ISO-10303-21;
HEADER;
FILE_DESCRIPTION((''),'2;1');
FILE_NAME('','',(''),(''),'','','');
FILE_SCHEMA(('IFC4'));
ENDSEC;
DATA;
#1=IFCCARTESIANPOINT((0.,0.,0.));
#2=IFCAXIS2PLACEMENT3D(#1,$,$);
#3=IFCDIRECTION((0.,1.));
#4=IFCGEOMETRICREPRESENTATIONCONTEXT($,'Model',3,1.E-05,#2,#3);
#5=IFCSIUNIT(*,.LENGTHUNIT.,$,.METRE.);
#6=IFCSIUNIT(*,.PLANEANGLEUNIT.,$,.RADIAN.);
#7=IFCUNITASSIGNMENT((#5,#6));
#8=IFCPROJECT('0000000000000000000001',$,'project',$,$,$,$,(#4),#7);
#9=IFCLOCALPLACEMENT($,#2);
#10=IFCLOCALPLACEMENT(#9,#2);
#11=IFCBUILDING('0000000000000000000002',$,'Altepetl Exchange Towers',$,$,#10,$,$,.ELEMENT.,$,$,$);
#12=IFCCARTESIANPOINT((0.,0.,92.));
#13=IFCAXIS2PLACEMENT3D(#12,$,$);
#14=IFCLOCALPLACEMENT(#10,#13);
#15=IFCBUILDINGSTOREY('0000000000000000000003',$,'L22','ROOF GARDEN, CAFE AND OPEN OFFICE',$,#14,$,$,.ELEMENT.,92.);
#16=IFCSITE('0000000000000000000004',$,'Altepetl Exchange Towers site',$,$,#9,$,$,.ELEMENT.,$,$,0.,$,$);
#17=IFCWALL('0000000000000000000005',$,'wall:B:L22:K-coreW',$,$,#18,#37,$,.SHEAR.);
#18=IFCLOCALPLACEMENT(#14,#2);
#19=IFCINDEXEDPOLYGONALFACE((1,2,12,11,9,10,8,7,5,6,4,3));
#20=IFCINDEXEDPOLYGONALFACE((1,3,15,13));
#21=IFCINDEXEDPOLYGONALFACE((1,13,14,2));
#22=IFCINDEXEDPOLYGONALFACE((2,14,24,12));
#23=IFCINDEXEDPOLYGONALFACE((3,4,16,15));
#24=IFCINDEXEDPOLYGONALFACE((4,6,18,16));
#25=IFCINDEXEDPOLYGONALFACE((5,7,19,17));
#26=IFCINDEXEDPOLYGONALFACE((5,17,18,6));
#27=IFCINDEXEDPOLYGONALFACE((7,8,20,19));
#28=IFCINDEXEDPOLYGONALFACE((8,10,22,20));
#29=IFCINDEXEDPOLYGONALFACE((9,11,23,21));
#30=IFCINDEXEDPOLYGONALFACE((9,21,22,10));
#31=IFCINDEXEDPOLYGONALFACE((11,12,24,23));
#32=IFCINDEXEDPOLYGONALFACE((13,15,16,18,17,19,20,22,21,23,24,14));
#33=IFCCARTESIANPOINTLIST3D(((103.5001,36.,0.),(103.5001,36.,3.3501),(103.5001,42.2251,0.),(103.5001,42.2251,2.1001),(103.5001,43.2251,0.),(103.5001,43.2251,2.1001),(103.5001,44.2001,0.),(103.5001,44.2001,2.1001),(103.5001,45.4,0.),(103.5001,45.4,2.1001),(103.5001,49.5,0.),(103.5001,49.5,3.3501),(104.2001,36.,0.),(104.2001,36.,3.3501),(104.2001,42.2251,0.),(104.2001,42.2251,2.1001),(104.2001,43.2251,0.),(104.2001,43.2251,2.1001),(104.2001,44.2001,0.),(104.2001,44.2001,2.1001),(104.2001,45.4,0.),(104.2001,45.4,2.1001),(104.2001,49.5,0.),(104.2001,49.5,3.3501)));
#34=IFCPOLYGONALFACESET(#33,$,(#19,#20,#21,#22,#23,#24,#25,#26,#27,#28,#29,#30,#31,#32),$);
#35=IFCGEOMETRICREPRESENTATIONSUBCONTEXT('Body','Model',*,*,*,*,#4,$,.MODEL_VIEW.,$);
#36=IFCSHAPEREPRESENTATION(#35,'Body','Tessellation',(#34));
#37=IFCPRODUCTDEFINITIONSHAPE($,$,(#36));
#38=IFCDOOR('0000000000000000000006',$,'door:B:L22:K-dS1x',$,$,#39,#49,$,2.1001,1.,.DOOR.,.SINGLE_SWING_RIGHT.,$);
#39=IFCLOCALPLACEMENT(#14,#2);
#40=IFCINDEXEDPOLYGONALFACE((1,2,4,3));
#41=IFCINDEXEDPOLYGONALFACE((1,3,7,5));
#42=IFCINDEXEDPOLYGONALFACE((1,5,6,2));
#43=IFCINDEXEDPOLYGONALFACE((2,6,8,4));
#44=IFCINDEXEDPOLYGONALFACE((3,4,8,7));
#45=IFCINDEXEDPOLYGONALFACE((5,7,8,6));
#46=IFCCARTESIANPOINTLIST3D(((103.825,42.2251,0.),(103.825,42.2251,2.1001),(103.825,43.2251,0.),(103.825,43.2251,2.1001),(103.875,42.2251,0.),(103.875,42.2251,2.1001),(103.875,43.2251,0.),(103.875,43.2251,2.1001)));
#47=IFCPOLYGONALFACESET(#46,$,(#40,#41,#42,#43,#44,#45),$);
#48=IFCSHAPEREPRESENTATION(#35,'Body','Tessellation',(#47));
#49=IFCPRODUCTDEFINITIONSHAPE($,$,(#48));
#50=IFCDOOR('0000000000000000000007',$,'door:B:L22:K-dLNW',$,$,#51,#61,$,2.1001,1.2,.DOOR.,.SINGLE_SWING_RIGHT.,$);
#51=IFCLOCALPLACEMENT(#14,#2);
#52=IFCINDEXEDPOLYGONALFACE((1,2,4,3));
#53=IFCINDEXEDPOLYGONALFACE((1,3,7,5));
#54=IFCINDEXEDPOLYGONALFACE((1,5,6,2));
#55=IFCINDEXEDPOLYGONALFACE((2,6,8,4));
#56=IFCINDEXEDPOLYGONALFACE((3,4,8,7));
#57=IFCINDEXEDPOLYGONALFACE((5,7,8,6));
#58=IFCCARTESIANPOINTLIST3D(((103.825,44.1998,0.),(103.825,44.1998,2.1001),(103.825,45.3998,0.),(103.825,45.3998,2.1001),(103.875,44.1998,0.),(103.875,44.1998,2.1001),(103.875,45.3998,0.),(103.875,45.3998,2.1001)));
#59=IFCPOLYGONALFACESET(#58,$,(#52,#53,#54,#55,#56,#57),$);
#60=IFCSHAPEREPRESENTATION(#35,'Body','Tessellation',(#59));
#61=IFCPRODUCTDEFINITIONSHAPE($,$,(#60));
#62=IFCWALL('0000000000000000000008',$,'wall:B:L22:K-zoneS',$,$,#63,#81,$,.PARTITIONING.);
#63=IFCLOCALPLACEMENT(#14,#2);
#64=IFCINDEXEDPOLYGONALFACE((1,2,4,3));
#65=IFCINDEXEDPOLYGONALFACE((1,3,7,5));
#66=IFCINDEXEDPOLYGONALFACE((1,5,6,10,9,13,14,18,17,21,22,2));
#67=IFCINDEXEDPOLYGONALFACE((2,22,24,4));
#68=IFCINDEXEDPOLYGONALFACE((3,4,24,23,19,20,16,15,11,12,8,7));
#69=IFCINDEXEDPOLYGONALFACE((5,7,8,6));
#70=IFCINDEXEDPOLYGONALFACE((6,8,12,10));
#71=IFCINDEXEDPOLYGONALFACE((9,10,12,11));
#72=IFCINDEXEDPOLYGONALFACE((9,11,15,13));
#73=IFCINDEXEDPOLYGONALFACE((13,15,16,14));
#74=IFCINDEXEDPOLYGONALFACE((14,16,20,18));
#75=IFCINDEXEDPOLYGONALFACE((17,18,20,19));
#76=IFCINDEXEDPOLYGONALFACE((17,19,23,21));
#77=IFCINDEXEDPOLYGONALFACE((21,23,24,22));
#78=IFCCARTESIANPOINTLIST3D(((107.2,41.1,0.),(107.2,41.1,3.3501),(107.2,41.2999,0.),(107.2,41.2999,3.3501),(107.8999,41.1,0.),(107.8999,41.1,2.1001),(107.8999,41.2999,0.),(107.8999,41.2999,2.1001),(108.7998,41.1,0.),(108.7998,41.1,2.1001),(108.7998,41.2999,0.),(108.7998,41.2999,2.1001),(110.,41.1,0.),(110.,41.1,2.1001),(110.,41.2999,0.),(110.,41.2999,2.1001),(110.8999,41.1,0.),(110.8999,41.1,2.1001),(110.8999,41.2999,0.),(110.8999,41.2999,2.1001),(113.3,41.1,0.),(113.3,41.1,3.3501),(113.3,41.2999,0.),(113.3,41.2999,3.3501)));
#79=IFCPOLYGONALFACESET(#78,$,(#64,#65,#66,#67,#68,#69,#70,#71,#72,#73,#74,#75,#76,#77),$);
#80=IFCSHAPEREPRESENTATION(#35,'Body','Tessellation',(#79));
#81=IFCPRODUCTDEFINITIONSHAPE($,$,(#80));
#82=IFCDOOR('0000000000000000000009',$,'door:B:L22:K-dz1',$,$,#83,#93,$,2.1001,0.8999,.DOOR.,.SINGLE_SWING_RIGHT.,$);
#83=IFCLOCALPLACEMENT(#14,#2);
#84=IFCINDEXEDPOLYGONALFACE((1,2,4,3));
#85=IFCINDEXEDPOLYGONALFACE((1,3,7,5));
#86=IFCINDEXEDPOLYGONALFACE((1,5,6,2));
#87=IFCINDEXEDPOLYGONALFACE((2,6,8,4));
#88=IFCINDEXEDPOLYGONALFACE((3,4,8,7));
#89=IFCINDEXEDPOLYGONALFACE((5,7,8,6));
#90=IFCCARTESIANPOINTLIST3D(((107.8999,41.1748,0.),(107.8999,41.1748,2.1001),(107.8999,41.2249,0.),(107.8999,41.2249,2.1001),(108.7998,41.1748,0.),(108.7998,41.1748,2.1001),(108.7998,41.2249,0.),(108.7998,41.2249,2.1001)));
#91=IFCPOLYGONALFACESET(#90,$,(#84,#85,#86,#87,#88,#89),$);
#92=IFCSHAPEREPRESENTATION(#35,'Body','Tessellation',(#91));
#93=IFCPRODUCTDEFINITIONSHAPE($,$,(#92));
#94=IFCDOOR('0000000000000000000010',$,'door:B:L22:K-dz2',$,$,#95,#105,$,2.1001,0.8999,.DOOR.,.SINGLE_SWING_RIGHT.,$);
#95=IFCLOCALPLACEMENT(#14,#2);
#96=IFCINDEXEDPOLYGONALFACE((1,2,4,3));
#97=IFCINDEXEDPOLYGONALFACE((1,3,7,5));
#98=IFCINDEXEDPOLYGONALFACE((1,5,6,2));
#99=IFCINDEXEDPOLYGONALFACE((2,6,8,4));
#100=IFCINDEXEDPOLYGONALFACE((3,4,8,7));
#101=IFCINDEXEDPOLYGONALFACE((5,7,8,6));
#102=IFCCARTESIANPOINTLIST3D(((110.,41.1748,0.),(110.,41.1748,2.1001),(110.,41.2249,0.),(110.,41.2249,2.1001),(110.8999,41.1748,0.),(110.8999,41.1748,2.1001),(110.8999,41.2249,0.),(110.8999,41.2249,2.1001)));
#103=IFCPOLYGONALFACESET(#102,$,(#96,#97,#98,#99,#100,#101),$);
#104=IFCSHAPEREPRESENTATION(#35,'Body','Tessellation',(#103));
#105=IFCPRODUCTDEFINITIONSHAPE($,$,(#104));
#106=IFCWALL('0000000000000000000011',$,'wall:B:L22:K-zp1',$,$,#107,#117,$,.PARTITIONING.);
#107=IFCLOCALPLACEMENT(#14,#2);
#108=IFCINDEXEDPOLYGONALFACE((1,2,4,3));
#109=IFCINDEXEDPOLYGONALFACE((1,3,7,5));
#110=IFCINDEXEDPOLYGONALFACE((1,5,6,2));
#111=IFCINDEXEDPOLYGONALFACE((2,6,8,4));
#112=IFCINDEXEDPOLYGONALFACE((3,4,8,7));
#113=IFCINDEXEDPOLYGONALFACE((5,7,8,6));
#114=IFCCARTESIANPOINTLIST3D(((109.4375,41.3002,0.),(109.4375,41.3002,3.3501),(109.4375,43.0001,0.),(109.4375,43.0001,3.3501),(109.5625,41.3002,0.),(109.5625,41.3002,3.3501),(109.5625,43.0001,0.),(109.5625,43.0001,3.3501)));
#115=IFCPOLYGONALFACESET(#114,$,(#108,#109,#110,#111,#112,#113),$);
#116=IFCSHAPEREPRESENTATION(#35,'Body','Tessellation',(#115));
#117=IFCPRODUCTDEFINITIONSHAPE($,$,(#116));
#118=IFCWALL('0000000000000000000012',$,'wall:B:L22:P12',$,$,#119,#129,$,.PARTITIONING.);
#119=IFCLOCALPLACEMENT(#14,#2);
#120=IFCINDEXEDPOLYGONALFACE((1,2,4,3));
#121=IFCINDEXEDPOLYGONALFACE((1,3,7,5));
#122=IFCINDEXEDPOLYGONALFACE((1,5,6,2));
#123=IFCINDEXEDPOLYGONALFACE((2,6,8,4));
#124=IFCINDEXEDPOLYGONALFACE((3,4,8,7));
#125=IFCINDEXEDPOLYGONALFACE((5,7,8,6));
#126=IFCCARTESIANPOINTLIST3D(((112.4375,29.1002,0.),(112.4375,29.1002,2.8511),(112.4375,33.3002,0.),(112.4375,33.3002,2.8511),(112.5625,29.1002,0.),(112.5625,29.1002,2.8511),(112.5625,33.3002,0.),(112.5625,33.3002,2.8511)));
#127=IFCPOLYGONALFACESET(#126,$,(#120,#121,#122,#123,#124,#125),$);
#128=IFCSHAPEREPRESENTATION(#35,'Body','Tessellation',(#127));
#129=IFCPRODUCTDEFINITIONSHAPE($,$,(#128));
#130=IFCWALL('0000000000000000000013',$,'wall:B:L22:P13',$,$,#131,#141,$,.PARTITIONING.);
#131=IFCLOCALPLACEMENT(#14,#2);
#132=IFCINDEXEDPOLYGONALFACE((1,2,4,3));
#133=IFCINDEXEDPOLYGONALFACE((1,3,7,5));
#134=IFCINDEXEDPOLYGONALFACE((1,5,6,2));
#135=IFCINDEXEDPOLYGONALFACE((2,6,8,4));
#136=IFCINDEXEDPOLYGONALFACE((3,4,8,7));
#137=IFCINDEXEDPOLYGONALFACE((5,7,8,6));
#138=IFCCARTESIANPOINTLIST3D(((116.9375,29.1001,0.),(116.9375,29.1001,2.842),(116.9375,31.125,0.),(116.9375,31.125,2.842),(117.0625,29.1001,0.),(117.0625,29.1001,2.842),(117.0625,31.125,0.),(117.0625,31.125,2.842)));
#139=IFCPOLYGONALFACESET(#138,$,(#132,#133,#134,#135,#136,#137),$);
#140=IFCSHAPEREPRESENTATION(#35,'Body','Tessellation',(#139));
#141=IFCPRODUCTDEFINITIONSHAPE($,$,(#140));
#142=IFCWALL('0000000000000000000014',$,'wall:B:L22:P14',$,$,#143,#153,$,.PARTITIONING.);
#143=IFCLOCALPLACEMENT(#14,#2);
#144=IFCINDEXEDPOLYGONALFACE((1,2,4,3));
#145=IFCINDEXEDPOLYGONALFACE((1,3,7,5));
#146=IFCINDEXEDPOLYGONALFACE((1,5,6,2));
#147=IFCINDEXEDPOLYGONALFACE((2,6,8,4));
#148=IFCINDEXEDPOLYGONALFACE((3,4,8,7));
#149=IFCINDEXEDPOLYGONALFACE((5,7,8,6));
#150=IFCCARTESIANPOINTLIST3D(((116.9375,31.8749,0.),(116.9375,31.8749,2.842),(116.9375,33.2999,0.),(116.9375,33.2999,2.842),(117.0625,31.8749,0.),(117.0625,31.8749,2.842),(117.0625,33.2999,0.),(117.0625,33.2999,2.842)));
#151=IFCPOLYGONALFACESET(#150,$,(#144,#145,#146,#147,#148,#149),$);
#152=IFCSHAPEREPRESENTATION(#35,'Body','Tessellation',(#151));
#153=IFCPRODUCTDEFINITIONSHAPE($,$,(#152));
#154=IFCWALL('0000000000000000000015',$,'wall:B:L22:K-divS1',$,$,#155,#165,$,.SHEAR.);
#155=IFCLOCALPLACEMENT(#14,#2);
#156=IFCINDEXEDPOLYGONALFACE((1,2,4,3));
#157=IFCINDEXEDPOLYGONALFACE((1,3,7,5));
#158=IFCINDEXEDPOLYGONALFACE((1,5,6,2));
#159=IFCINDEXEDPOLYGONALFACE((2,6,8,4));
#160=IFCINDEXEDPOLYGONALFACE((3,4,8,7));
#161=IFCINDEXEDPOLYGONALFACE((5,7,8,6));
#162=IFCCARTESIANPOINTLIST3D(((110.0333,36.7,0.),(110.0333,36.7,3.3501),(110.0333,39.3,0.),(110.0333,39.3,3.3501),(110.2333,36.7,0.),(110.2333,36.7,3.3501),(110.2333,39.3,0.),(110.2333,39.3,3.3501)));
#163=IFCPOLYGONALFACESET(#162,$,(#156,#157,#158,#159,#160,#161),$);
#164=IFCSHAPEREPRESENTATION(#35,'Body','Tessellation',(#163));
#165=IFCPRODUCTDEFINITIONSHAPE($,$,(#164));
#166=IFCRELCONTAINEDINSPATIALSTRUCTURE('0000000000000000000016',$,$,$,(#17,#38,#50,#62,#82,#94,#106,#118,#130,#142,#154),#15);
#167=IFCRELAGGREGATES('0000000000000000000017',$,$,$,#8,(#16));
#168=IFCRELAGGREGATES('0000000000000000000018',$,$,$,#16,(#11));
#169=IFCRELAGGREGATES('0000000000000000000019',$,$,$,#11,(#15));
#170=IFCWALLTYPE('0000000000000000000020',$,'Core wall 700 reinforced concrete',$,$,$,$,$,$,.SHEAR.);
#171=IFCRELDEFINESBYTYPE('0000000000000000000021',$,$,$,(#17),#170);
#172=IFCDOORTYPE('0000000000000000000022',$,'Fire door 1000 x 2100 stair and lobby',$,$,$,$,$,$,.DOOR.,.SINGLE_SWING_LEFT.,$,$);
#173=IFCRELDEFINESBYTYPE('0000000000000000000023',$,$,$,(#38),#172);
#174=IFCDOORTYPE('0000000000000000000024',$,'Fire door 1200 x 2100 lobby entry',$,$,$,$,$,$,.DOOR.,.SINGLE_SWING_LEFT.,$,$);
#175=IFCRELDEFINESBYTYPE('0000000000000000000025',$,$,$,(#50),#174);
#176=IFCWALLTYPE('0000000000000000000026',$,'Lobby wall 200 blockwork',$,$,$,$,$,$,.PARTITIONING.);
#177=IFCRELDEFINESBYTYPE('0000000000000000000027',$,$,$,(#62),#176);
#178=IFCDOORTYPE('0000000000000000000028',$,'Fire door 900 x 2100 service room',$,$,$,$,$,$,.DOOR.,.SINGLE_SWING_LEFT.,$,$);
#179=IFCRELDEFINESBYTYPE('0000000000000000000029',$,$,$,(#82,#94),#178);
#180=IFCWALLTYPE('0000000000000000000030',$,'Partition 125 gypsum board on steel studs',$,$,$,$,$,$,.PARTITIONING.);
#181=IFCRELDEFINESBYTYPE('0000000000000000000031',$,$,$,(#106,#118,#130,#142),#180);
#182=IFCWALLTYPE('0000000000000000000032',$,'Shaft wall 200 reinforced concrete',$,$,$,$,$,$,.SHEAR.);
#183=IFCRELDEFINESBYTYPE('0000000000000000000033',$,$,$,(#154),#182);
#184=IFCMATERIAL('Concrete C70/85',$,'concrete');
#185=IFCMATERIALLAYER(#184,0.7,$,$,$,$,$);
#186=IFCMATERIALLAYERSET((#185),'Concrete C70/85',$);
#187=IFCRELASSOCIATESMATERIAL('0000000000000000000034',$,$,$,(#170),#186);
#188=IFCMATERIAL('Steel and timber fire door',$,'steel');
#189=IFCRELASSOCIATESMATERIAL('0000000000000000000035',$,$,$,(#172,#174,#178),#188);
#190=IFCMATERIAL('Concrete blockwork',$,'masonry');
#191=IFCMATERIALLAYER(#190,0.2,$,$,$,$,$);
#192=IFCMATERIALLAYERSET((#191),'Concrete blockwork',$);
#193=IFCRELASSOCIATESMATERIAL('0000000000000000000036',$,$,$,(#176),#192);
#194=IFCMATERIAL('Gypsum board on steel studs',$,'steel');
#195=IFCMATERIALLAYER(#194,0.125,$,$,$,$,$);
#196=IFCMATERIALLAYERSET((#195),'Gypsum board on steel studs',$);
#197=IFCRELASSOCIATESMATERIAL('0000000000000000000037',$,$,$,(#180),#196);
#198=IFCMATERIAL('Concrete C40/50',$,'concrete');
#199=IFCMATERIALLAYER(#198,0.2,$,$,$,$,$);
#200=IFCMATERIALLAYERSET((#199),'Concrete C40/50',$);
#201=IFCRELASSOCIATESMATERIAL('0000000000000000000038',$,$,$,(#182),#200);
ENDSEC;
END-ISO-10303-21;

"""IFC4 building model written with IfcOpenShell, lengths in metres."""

from ifc_helpers import new_model, si_unit, direction, frame, frame_2d, origin, place, context, subcontext, project, spatial, rectangle, extrude, material, layer, layer_set, type_object, element, fill, save


model = new_model("IFC4")

# Units and contexts
model_context = context("Model", 3, precision=1e-05, world=origin(), true_north=direction((0.0, 1.0)))
body_context = subcontext(model_context, "Body", "Model", "MODEL_VIEW")
ifc_project = project(units=[si_unit("LENGTHUNIT", "METRE"), si_unit("PLANEANGLEUNIT", "RADIAN")], contexts=[model_context])

# Site, building, storey
site_placement = place(None, origin())
site = spatial("IfcSite", under=ifc_project, at=site_placement, Name="Altepetl Exchange Towers site", CompositionType="ELEMENT", RefElevation=0.0)
building_placement = place(site_placement, origin())
building = spatial("IfcBuilding", under=site, at=building_placement, Name="Altepetl Exchange Towers", CompositionType="ELEMENT")
storey_placement = place(building_placement, frame((0.0, 0.0, 92.0)))
storey = spatial("IfcBuildingStorey", under=building, at=storey_placement, Name="L22", Description="ROOF GARDEN, CAFE AND OPEN OFFICE", CompositionType="ELEMENT", Elevation=92.0)

# Shared definitions
ifc_material_1 = material(Name="Concrete C70/85", Category="concrete")

# Shared definitions
ifc_layer_1 = layer(ifc_material_1, 0.7)
ifc_layer_set_1 = layer_set([ifc_layer_1], Name="Concrete C70/85")
wall_type_1 = type_object("IfcWallType", Name="Core wall 700 reinforced concrete", PredefinedType="SHEAR", material=ifc_layer_set_1)
ifc_material_2 = material(Name="Steel and timber fire door", Category="steel")
door_type_1 = type_object("IfcDoorType", Name="Fire door 1000 x 2100 stair and lobby", OperationType="SINGLE_SWING_LEFT", PredefinedType="DOOR", material=ifc_material_2)
door_type_2 = type_object("IfcDoorType", Name="Fire door 1200 x 2100 lobby entry", OperationType="SINGLE_SWING_LEFT", PredefinedType="DOOR", material=ifc_material_2)

# Walls, openings, doors
wall_1_placement = place(storey_placement, frame((103.8501, 36.0, 0.0), z_axis=(0.0, 0.0, 1.0), x_axis=(0.0, 1.0, 0.0)))
wall_1 = element("IfcWall", 1, at=wall_1_placement, inside=storey, type_object=wall_type_1, Name="wall:B:L22:K-coreW", PredefinedType="SHEAR", context=body_context, shape_type="SweptSolid", body=[
    extrude(rectangle(XDim=13.5, YDim=0.7, at=frame_2d((6.75, 0.0))), origin(), (0.0, 0.0, 1.0), 3.3501),
])
opening_1_placement = place(wall_1_placement, frame((8.2, 0.0, 0.0)))
opening_1 = element("IfcOpeningElement", 2, at=opening_1_placement, cuts=wall_1, PredefinedType="OPENING", context=body_context, shape_type="SweptSolid", body=[
    extrude(rectangle(XDim=1.2, YDim=2.1001, at=frame_2d((0.6001, 1.05))), frame((0.0, 0.3599, 0.0), z_axis=(0.0, -1.0, 0.0), x_axis=(1.0, 0.0, 0.0)), (0.0, 0.0, 1.0), 0.72),
])
opening_2_placement = place(wall_1_placement, frame((6.2251, 0.0, 0.0)))
opening_2 = element("IfcOpeningElement", 3, at=opening_2_placement, cuts=wall_1, PredefinedType="OPENING", context=body_context, shape_type="SweptSolid", body=[
    extrude(rectangle(XDim=1.0, YDim=2.1001, at=frame_2d((0.5, 1.05))), frame((0.0, 0.3599, 0.0), z_axis=(0.0, -1.0, 0.0), x_axis=(1.0, 0.0, 0.0)), (0.0, 0.0, 1.0), 0.72),
])
door_1_placement = place(opening_2_placement, frame((1.0, 0.0, 0.0), x_axis=(-1.0, 0.0, 0.0)))
door_1 = element("IfcDoor", 4, at=door_1_placement, inside=storey, type_object=door_type_1, Name="door:B:L22:K-dS1x", OperationType="SINGLE_SWING_RIGHT", OverallHeight=2.1001, OverallWidth=1.0, PredefinedType="DOOR", context=body_context, shape_type="SweptSolid", body=[
    extrude(rectangle(XDim=1.0, YDim=2.1001, at=frame_2d((0.5, 1.05))), frame((0.0, 0.0249, 0.0), z_axis=(0.0, -1.0, 0.0), x_axis=(1.0, 0.0, 0.0)), (0.0, 0.0, 1.0), 0.05),
])
fill(opening_2, door_1)
door_2_placement = place(opening_1_placement, frame((1.2, 0.0, 0.0), x_axis=(-1.0, 0.0, 0.0)))
door_2 = element("IfcDoor", 5, at=door_2_placement, inside=storey, type_object=door_type_2, Name="door:B:L22:K-dLNW", OperationType="SINGLE_SWING_RIGHT", OverallHeight=2.1001, OverallWidth=1.2, PredefinedType="DOOR", context=body_context, shape_type="SweptSolid", body=[
    extrude(rectangle(XDim=1.2, YDim=2.1001, at=frame_2d((0.6001, 1.05))), frame((0.0, 0.0249, 0.0), z_axis=(0.0, -1.0, 0.0), x_axis=(1.0, 0.0, 0.0)), (0.0, 0.0, 1.0), 0.05),
])
fill(opening_1, door_2)
ifc_material_3 = material(Name="Concrete blockwork", Category="masonry")
ifc_layer_2 = layer(ifc_material_3, 0.2)
ifc_layer_set_2 = layer_set([ifc_layer_2], Name="Concrete blockwork")
wall_type_2 = type_object("IfcWallType", Name="Lobby wall 200 blockwork", PredefinedType="PARTITIONING", material=ifc_layer_set_2)
wall_2_placement = place(storey_placement, frame((107.2, 41.2, 0.0)))
wall_2 = element("IfcWall", 6, at=wall_2_placement, inside=storey, type_object=wall_type_2, Name="wall:B:L22:K-zoneS", PredefinedType="PARTITIONING", context=body_context, shape_type="SweptSolid", body=[
    extrude(rectangle(XDim=6.1001, YDim=0.2, at=frame_2d((3.05, 0.0))), origin(), (0.0, 0.0, 1.0), 3.3501),
])
opening_3_placement = place(wall_2_placement, frame((0.7, 0.0, 0.0)))
opening_3 = element("IfcOpeningElement", 7, at=opening_3_placement, cuts=wall_2, PredefinedType="OPENING", context=body_context, shape_type="SweptSolid", body=[
    extrude(rectangle(XDim=0.8999, YDim=2.1001, at=frame_2d((0.45, 1.05))), frame((0.0, 0.1099, 0.0), z_axis=(0.0, -1.0, 0.0), x_axis=(1.0, 0.0, 0.0)), (0.0, 0.0, 1.0), 0.22),
])
opening_4_placement = place(wall_2_placement, frame((2.8, 0.0, 0.0)))
opening_4 = element("IfcOpeningElement", 8, at=opening_4_placement, cuts=wall_2, PredefinedType="OPENING", context=body_context, shape_type="SweptSolid", body=[
    extrude(rectangle(XDim=0.8999, YDim=2.1001, at=frame_2d((0.45, 1.05))), frame((0.0, 0.1099, 0.0), z_axis=(0.0, -1.0, 0.0), x_axis=(1.0, 0.0, 0.0)), (0.0, 0.0, 1.0), 0.22),
])
door_type_3 = type_object("IfcDoorType", Name="Fire door 900 x 2100 service room", OperationType="SINGLE_SWING_LEFT", PredefinedType="DOOR", material=ifc_material_2)
door_3_placement = place(opening_3_placement, origin())
door_3 = element("IfcDoor", 9, at=door_3_placement, inside=storey, type_object=door_type_3, Name="door:B:L22:K-dz1", OperationType="SINGLE_SWING_RIGHT", OverallHeight=2.1001, OverallWidth=0.8999, PredefinedType="DOOR", context=body_context, shape_type="SweptSolid", body=[
    extrude(rectangle(XDim=0.8999, YDim=2.1001, at=frame_2d((0.45, 1.05))), frame((0.0, 0.0249, 0.0), z_axis=(0.0, -1.0, 0.0), x_axis=(1.0, 0.0, 0.0)), (0.0, 0.0, 1.0), 0.05),
])
fill(opening_3, door_3)
door_4_placement = place(opening_4_placement, origin())
door_4 = element("IfcDoor", 10, at=door_4_placement, inside=storey, type_object=door_type_3, Name="door:B:L22:K-dz2", OperationType="SINGLE_SWING_RIGHT", OverallHeight=2.1001, OverallWidth=0.8999, PredefinedType="DOOR", context=body_context, shape_type="SweptSolid", body=[
    extrude(rectangle(XDim=0.8999, YDim=2.1001, at=frame_2d((0.45, 1.05))), frame((0.0, 0.0249, 0.0), z_axis=(0.0, -1.0, 0.0), x_axis=(1.0, 0.0, 0.0)), (0.0, 0.0, 1.0), 0.05),
])
fill(opening_4, door_4)

# Walls
ifc_material_4 = material(Name="Gypsum board on steel studs", Category="steel")
ifc_layer_3 = layer(ifc_material_4, 0.125)
ifc_layer_set_3 = layer_set([ifc_layer_3], Name="Gypsum board on steel studs")
wall_type_3 = type_object("IfcWallType", Name="Partition 125 gypsum board on steel studs", PredefinedType="PARTITIONING", material=ifc_layer_set_3)
wall_3_placement = place(storey_placement, frame((109.5, 41.3, 0.0), z_axis=(0.0, 0.0, 1.0), x_axis=(0.0, 1.0, 0.0)))
element("IfcWall", 11, at=wall_3_placement, inside=storey, type_object=wall_type_3, Name="wall:B:L22:K-zp1", PredefinedType="PARTITIONING", context=body_context, shape_type="SweptSolid", body=[
    extrude(rectangle(XDim=1.7, YDim=0.125, at=frame_2d((0.8501, 0.0))), origin(), (0.0, 0.0, 1.0), 3.3501),
])
wall_4_placement = place(storey_placement, frame((112.5, 29.1001, 0.0), z_axis=(0.0, 0.0, 1.0), x_axis=(0.0, 1.0, 0.0)))
element("IfcWall", 12, at=wall_4_placement, inside=storey, type_object=wall_type_3, Name="wall:B:L22:P12", PredefinedType="PARTITIONING", context=body_context, shape_type="SweptSolid", body=[
    extrude(rectangle(XDim=4.2, YDim=0.125, at=frame_2d((2.1001, 0.0))), origin(), (0.0, 0.0, 1.0), 2.8511),
])
wall_5_placement = place(storey_placement, frame((117.0, 29.1001, 0.0), z_axis=(0.0, 0.0, 1.0), x_axis=(0.0, 1.0, 0.0)))
element("IfcWall", 13, at=wall_5_placement, inside=storey, type_object=wall_type_3, Name="wall:B:L22:P13", PredefinedType="PARTITIONING", context=body_context, shape_type="SweptSolid", body=[
    extrude(rectangle(XDim=2.0249, YDim=0.125, at=frame_2d((1.0125, 0.0))), origin(), (0.0, 0.0, 1.0), 2.842),
])
wall_6_placement = place(storey_placement, frame((117.0, 31.875, 0.0), z_axis=(0.0, 0.0, 1.0), x_axis=(0.0, 1.0, 0.0)))
element("IfcWall", 14, at=wall_6_placement, inside=storey, type_object=wall_type_3, Name="wall:B:L22:P14", PredefinedType="PARTITIONING", context=body_context, shape_type="SweptSolid", body=[
    extrude(rectangle(XDim=1.425, YDim=0.125, at=frame_2d((0.7124, 0.0))), origin(), (0.0, 0.0, 1.0), 2.842),
])
ifc_material_5 = material(Name="Concrete C40/50", Category="concrete")
ifc_layer_4 = layer(ifc_material_5, 0.2)
ifc_layer_set_4 = layer_set([ifc_layer_4], Name="Concrete C40/50")
wall_type_4 = type_object("IfcWallType", Name="Shaft wall 200 reinforced concrete", PredefinedType="SHEAR", material=ifc_layer_set_4)
for number, where, z_axis, x_axis, name in (
    (15, (110.1333, 36.7, 0.0), (0.0, 0.0, 1.0), (0.0, 1.0, 0.0), "wall:B:L22:K-divS1"),
):
    element("IfcWall", number, at=place(storey_placement, frame(where, z_axis=z_axis, x_axis=x_axis)), inside=storey, type_object=wall_type_4, Name=name, PredefinedType="SHEAR", context=body_context, shape_type="SweptSolid", body=[
        extrude(rectangle(XDim=2.6001, YDim=0.2, at=frame_2d((1.3, 0.0))), origin(), (0.0, 0.0, 1.0), 3.3501),
    ])

save(model, "model.ifc")
